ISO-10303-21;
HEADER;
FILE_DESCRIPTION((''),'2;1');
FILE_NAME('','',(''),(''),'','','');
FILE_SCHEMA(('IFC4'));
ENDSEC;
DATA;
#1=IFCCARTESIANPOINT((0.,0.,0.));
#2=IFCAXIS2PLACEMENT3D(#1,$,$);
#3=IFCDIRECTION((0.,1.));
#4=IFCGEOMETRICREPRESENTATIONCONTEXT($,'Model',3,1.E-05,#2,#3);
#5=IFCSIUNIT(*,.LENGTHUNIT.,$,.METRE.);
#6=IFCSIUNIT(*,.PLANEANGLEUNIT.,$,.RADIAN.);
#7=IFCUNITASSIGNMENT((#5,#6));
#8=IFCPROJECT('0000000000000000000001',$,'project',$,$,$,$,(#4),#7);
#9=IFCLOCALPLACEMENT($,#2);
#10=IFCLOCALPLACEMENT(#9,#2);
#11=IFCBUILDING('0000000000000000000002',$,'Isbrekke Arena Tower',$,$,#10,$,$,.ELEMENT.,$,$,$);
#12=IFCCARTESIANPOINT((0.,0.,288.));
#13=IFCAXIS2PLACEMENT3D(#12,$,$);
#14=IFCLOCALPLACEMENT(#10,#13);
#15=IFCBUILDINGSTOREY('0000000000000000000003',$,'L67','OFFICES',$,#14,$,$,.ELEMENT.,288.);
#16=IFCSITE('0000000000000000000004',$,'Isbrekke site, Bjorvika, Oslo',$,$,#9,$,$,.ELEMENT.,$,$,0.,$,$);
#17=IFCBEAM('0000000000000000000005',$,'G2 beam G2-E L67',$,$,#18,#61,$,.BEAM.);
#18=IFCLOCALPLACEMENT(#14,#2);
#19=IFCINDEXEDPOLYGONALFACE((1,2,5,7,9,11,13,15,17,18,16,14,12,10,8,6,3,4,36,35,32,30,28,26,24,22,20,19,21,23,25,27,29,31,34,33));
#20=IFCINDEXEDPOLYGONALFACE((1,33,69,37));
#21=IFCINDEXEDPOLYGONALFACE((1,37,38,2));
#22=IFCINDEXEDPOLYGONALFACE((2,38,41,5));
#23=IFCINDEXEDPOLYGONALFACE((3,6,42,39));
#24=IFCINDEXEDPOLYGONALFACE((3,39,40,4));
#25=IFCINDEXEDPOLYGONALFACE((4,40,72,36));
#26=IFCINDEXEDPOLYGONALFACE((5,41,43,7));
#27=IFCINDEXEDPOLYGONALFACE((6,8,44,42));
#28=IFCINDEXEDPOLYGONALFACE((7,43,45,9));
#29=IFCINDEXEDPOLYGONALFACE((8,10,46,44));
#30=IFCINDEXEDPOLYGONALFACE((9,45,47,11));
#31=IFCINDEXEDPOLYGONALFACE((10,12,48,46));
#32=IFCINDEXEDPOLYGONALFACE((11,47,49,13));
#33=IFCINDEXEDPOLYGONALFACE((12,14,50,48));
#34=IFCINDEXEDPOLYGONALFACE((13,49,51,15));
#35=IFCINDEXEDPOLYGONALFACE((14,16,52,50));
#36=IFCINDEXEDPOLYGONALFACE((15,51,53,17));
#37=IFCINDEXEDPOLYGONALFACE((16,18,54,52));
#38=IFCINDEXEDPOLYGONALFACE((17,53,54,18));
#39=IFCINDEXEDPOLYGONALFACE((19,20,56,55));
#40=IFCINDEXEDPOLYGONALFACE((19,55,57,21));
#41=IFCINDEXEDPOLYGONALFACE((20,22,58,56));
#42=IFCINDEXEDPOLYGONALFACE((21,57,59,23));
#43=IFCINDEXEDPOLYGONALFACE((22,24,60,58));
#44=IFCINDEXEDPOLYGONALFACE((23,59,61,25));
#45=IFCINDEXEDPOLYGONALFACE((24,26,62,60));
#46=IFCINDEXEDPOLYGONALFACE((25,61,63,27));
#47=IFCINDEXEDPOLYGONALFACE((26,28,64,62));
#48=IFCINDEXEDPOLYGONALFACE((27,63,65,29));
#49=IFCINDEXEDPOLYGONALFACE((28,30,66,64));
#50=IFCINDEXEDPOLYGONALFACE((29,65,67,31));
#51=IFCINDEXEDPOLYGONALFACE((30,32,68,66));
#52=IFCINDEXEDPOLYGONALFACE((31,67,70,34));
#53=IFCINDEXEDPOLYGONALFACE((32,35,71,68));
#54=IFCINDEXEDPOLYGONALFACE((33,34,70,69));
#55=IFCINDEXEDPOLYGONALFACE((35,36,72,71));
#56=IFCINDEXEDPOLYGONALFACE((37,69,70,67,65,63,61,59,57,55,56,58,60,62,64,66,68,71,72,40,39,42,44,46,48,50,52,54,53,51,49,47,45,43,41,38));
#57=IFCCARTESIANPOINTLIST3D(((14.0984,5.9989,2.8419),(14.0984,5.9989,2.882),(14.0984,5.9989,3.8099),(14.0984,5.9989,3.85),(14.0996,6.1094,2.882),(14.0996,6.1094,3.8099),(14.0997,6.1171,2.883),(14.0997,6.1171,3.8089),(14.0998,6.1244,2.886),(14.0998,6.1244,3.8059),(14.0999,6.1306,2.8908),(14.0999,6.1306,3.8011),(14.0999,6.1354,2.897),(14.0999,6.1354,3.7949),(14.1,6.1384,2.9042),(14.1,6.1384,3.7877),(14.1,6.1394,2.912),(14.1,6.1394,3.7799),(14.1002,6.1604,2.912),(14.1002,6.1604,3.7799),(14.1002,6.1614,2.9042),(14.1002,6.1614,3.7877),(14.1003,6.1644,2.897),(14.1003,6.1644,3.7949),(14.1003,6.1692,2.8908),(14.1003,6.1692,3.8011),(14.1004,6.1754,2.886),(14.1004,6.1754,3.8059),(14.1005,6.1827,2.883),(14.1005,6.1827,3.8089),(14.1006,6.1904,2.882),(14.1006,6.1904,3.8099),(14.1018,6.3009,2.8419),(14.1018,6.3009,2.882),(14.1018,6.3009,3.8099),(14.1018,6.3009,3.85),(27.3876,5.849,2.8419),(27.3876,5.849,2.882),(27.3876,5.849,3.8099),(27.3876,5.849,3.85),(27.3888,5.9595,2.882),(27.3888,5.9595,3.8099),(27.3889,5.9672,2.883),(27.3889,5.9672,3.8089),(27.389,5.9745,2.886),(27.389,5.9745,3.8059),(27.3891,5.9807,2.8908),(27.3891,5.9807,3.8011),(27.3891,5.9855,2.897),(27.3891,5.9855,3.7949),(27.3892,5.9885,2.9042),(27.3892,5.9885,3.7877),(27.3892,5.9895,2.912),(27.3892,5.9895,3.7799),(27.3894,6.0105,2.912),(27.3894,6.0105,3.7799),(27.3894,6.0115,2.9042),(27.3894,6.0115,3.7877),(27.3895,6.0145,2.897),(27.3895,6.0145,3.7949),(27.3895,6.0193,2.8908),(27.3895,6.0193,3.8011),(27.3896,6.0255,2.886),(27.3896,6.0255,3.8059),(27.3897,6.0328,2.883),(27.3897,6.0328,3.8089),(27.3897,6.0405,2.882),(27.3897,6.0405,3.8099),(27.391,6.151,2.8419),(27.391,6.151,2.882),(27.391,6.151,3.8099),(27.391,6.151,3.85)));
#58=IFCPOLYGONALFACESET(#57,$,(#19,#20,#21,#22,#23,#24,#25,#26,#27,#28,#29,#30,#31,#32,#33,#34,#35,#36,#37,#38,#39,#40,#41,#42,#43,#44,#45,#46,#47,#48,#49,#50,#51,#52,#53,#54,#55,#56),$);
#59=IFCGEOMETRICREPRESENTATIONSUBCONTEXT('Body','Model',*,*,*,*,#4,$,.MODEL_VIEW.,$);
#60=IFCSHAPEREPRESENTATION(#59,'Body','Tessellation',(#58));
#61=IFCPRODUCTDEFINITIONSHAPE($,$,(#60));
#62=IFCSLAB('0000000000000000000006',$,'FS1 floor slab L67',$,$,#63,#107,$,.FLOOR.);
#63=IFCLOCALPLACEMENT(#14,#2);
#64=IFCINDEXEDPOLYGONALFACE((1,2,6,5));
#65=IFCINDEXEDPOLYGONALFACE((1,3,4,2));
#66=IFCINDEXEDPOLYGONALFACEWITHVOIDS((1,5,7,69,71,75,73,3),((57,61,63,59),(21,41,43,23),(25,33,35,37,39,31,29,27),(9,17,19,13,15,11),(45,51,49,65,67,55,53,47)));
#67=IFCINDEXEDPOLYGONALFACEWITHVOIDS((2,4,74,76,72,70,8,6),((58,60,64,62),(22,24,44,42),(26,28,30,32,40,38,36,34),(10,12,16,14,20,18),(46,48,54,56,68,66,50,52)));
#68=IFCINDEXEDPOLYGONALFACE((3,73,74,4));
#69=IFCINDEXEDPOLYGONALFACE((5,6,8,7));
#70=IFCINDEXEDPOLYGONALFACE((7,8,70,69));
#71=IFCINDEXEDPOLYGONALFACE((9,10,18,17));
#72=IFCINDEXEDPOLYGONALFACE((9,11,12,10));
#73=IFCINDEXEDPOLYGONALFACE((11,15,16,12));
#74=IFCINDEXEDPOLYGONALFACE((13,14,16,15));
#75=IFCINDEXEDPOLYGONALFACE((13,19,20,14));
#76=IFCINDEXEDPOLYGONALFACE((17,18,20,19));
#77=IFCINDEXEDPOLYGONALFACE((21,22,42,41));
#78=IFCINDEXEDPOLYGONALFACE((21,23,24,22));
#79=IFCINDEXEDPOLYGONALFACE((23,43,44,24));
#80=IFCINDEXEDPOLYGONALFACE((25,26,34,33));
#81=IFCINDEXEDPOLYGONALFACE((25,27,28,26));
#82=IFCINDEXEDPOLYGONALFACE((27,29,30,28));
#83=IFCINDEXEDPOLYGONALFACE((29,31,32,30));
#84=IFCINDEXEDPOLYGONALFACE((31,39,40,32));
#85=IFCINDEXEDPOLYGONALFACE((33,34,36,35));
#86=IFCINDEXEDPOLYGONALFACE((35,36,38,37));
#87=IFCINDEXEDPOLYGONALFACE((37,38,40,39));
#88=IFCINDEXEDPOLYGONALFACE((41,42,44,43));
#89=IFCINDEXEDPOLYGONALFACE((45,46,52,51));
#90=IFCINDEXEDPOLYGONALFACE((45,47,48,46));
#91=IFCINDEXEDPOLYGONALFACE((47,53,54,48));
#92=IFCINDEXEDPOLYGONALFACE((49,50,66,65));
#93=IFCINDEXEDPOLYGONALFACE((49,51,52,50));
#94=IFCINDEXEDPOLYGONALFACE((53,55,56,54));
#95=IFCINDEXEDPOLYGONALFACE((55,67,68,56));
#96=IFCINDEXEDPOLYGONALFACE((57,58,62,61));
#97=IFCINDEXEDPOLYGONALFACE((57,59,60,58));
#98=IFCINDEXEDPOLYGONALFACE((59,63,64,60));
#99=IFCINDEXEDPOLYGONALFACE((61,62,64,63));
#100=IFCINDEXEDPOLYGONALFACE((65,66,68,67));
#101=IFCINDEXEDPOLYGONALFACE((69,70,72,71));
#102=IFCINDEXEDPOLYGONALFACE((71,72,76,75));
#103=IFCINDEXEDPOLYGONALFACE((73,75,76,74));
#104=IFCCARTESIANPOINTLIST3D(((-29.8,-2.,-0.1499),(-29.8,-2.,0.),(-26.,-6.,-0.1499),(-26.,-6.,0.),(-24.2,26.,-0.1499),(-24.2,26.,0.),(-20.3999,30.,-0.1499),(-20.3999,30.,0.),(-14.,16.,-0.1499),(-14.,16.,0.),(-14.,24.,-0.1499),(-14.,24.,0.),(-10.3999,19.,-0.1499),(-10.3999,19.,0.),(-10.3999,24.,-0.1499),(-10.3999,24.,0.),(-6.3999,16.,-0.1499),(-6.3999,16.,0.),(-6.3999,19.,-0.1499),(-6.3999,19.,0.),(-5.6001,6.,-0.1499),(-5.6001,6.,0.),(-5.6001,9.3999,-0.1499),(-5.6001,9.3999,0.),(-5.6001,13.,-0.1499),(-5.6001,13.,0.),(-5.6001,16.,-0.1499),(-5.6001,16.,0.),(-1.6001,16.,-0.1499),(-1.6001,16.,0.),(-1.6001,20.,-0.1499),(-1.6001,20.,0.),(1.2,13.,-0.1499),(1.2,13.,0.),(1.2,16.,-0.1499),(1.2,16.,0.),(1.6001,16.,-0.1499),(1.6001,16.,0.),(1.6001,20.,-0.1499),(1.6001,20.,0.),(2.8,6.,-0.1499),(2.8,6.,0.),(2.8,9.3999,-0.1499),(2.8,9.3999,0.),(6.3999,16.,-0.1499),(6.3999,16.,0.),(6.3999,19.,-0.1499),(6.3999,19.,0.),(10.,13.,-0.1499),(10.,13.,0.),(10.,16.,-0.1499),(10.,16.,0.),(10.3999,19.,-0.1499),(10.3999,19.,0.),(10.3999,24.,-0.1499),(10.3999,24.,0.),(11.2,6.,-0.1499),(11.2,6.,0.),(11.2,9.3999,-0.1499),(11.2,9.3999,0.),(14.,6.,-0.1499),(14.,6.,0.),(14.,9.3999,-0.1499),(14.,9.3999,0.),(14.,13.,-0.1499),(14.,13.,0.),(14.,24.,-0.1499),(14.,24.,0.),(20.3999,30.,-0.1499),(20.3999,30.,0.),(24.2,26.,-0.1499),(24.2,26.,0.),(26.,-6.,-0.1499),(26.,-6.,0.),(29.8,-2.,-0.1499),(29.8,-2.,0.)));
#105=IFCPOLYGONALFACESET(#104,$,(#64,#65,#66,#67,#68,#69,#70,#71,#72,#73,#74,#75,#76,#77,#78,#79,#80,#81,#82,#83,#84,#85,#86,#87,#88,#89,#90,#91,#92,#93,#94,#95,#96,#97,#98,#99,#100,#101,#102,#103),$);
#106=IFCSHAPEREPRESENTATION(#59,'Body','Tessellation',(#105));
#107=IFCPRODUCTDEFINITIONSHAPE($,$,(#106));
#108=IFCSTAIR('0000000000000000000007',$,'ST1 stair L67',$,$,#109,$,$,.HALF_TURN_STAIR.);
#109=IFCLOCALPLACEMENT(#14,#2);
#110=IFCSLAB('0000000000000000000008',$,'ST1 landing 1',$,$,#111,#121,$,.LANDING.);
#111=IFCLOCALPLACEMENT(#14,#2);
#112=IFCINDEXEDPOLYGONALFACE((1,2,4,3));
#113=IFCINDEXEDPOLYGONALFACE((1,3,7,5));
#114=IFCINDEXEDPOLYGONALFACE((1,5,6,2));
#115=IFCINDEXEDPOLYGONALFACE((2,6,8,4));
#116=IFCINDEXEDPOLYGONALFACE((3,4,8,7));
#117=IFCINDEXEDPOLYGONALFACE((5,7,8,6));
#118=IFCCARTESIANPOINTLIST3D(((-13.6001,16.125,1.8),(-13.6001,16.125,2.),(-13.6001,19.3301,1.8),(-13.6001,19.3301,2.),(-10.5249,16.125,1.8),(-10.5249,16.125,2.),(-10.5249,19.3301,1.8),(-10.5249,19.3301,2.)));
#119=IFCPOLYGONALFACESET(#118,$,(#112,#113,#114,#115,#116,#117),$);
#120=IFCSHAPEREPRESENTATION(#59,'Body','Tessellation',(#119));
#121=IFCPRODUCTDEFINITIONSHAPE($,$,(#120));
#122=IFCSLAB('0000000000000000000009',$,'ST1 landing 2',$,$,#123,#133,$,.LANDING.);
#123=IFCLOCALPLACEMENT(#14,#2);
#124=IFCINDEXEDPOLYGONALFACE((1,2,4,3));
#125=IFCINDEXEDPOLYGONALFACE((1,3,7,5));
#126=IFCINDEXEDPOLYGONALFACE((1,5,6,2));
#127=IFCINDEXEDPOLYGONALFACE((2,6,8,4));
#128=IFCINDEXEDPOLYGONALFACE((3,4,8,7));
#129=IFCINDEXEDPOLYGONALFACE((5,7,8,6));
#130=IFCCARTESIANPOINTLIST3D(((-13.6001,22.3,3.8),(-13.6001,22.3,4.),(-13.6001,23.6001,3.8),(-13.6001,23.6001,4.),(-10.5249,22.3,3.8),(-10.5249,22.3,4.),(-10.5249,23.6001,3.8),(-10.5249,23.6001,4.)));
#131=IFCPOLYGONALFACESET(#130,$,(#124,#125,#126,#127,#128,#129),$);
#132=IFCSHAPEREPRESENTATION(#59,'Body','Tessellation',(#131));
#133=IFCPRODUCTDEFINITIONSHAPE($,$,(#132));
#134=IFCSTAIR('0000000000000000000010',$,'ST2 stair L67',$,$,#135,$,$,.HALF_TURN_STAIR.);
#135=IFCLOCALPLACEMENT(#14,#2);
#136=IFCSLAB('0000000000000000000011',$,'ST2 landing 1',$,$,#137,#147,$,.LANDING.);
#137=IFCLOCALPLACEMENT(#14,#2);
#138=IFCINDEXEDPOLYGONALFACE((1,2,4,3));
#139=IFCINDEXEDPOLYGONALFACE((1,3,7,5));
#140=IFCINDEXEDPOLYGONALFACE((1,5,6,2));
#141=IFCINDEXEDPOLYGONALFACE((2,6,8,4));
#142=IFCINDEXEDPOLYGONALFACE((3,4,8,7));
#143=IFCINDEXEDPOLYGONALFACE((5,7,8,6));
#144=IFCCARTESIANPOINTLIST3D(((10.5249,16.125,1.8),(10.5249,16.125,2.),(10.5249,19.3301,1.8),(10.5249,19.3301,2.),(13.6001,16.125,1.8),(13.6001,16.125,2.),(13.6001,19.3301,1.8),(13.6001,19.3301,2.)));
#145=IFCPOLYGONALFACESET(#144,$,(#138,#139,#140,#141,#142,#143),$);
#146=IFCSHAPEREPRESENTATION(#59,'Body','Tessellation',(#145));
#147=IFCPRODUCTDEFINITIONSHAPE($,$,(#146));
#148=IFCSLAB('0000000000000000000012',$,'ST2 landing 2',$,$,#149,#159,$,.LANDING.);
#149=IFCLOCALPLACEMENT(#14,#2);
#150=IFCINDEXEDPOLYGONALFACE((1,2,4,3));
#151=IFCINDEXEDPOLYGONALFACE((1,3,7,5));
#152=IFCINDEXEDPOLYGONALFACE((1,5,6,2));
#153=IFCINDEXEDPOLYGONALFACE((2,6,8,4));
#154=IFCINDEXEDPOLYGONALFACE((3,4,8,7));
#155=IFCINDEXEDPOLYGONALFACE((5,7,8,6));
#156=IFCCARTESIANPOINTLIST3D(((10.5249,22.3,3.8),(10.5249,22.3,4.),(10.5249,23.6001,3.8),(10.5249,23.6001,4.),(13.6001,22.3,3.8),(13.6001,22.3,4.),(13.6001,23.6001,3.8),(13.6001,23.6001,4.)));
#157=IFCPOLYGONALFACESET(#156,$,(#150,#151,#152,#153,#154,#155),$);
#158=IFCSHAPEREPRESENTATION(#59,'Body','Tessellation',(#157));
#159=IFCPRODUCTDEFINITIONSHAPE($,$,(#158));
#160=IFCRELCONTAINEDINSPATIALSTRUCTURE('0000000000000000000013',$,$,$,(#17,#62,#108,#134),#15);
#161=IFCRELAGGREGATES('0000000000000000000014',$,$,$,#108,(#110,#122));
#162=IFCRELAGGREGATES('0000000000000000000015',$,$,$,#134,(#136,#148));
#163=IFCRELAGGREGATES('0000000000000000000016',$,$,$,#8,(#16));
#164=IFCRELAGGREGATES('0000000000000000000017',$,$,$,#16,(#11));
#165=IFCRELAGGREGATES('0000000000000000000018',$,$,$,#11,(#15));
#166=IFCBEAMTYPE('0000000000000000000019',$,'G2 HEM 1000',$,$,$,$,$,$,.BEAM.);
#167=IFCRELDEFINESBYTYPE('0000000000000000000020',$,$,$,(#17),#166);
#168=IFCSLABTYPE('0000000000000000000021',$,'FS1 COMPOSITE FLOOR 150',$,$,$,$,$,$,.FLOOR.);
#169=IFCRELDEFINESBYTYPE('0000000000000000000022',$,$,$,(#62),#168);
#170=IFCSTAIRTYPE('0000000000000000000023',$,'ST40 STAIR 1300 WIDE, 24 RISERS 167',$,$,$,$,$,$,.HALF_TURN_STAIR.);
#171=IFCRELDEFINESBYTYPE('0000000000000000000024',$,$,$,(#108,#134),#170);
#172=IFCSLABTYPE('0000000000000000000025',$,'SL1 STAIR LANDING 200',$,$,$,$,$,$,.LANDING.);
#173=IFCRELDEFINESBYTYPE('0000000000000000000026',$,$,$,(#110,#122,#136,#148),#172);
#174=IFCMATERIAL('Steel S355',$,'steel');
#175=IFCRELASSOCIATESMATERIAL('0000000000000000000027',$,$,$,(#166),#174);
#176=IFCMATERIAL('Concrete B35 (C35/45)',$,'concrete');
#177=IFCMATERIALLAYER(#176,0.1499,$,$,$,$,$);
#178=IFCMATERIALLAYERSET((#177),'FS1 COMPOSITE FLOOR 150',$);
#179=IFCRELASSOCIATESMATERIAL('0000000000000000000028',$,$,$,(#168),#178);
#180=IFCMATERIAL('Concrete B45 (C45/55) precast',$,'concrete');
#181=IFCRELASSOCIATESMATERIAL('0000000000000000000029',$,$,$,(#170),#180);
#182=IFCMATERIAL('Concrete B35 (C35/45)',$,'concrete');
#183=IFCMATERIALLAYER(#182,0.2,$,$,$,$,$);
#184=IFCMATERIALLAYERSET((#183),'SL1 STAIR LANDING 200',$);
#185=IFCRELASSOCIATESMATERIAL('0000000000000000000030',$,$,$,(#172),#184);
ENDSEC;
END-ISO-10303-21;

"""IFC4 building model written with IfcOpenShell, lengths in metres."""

from ifc_helpers import new_model, si_unit, direction, frame, origin, origin_2d, place, context, subcontext, project, spatial, polyline, i_section, outline, extrude, material, layer, layer_set, material_profile, profile_set, type_object, element, aggregate, save


model = new_model("IFC4")

# Units and contexts
model_context = context("Model", 3, precision=1e-05, world=origin(), true_north=direction((0.0, 1.0)))
body_context = subcontext(model_context, "Body", "Model", "MODEL_VIEW")
ifc_project = project(units=[si_unit("LENGTHUNIT", "METRE"), si_unit("PLANEANGLEUNIT", "RADIAN")], contexts=[model_context])

# Site, building, storey
site_placement = place(None, origin())
site = spatial("IfcSite", under=ifc_project, at=site_placement, Name="Isbrekke site, Bjorvika, Oslo", CompositionType="ELEMENT", RefElevation=0.0)
building_placement = place(site_placement, origin())
building = spatial("IfcBuilding", under=site, at=building_placement, Name="Isbrekke Arena Tower", CompositionType="ELEMENT")
storey_placement = place(building_placement, frame((0.0, 0.0, 288.0)))
storey = spatial("IfcBuildingStorey", under=building, at=storey_placement, Name="L67", Description="OFFICES", CompositionType="ELEMENT", Elevation=288.0)

# Beam
ifc_material_1 = material(Name="Steel S355", Category="steel")
ifc_material_profile = material_profile(ifc_material_1, i_section(OverallWidth=0.302, OverallDepth=1.0081, WebThickness=0.021, FlangeThickness=0.04, FilletRadius=0.03, at=origin_2d()), Name="HEM 1000")
ifc_profile_set = profile_set([ifc_material_profile], Name="Steel S355")
beam_type = type_object("IfcBeamType", Name="G2 HEM 1000", PredefinedType="BEAM", material=ifc_profile_set)
beam_placement = place(storey_placement, frame((14.1001, 6.1499, 3.3459), z_axis=(0.999936, -0.011279, 0.0), x_axis=(0.011279, 0.999936, 0.0)))
element("IfcBeam", 1, at=beam_placement, inside=storey, type_object=beam_type, Name="G2 beam G2-E L67", PredefinedType="BEAM", context=body_context, shape_type="SweptSolid", body=[
    extrude(i_section(OverallWidth=0.302, OverallDepth=1.0081, WebThickness=0.021, FlangeThickness=0.04, FilletRadius=0.03, at=origin_2d()), origin(), (0.0, 0.0, 1.0), 13.29),
])

# Slab
ifc_material_2 = material(Name="Concrete B35 (C35/45)", Category="concrete")
ifc_layer_1 = layer(ifc_material_2, 0.1499)
ifc_layer_set_1 = layer_set([ifc_layer_1], Name="FS1 COMPOSITE FLOOR 150")
slab_type_1 = type_object("IfcSlabType", Name="FS1 COMPOSITE FLOOR 150", PredefinedType="FLOOR", material=ifc_layer_set_1)
slab_1_placement = place(storey_placement, frame((0.0, 0.0, -0.1499)))
element("IfcSlab", 2, at=slab_1_placement, inside=storey, type_object=slab_type_1, Name="FS1 floor slab L67", PredefinedType="FLOOR", context=body_context, shape_type="SweptSolid", body=[
    extrude(outline(polyline([(-26.0, -6.0), (26.0, -6.0), (29.8, -2.0), (24.2, 26.0), (20.3999, 30.0), (-20.3999, 30.0), (-24.2, 26.0), (-29.8, -2.0), (-26.0, -6.0)]), holes=[polyline([(2.8, 9.3999), (2.8, 6.0), (-5.6001, 6.0), (-5.6001, 9.3999), (2.8, 9.3999)]), polyline([(11.2, 6.0), (11.2, 9.3999), (14.0, 9.3999), (14.0, 6.0), (11.2, 6.0)]), polyline([(-5.6001, 13.0), (-5.6001, 16.0), (-1.6001, 16.0), (-1.6001, 20.0), (1.6001, 20.0), (1.6001, 16.0), (1.2, 16.0), (1.2, 13.0), (-5.6001, 13.0)]), polyline([(14.0, 13.0), (10.0, 13.0), (10.0, 16.0), (6.3999, 16.0), (6.3999, 19.0), (10.3999, 19.0), (10.3999, 24.0), (14.0, 24.0), (14.0, 13.0)]), polyline([(-6.3999, 19.0), (-6.3999, 16.0), (-14.0, 16.0), (-14.0, 24.0), (-10.3999, 24.0), (-10.3999, 19.0), (-6.3999, 19.0)])]), origin(), (0.0, 0.0, 1.0), 0.1499),
])

# Stairs, slabs
ifc_material_3 = material(Name="Concrete B45 (C45/55) precast", Category="concrete")
stair_type = type_object("IfcStairType", Name="ST40 STAIR 1300 WIDE, 24 RISERS 167", PredefinedType="HALF_TURN_STAIR", material=ifc_material_3)
stair_1_placement = place(storey_placement, origin())
stair_1 = element("IfcStair", 3, at=stair_1_placement, inside=storey, type_object=stair_type, Name="ST1 stair L67", PredefinedType="HALF_TURN_STAIR")
ifc_material_4 = material(Name="Concrete B35 (C35/45)", Category="concrete")
ifc_layer_2 = layer(ifc_material_4, 0.2)
ifc_layer_set_2 = layer_set([ifc_layer_2], Name="SL1 STAIR LANDING 200")
slab_type_2 = type_object("IfcSlabType", Name="SL1 STAIR LANDING 200", PredefinedType="LANDING", material=ifc_layer_set_2)
slab_2_placement = place(storey_placement, frame((0.0, 0.0, 1.8)))
slab_2 = element("IfcSlab", 4, at=slab_2_placement, type_object=slab_type_2, Name="ST1 landing 1", PredefinedType="LANDING", context=body_context, shape_type="SweptSolid", body=[
    extrude(outline(polyline([(-13.6001, 16.125), (-10.5249, 16.125), (-10.5249, 19.3301), (-13.6001, 19.3301), (-13.6001, 16.125)])), origin(), (0.0, 0.0, 1.0), 0.2),
])
slab_3_placement = place(storey_placement, frame((0.0, 0.0, 3.8)))
slab_3 = element("IfcSlab", 5, at=slab_3_placement, type_object=slab_type_2, Name="ST1 landing 2", PredefinedType="LANDING", context=body_context, shape_type="SweptSolid", body=[
    extrude(outline(polyline([(-13.6001, 22.3), (-10.5249, 22.3), (-10.5249, 23.6001), (-13.6001, 23.6001), (-13.6001, 22.3)])), origin(), (0.0, 0.0, 1.0), 0.2),
])
aggregate(stair_1, [slab_2, slab_3])
stair_2_placement = place(storey_placement, origin())
stair_2 = element("IfcStair", 6, at=stair_2_placement, inside=storey, type_object=stair_type, Name="ST2 stair L67", PredefinedType="HALF_TURN_STAIR")
slab_4_placement = place(storey_placement, frame((0.0, 0.0, 1.8)))
slab_4 = element("IfcSlab", 7, at=slab_4_placement, type_object=slab_type_2, Name="ST2 landing 1", PredefinedType="LANDING", context=body_context, shape_type="SweptSolid", body=[
    extrude(outline(polyline([(10.5249, 16.125), (13.6001, 16.125), (13.6001, 19.3301), (10.5249, 19.3301), (10.5249, 16.125)])), origin(), (0.0, 0.0, 1.0), 0.2),
])
slab_5_placement = place(storey_placement, frame((0.0, 0.0, 3.8)))
slab_5 = element("IfcSlab", 8, at=slab_5_placement, type_object=slab_type_2, Name="ST2 landing 2", PredefinedType="LANDING", context=body_context, shape_type="SweptSolid", body=[
    extrude(outline(polyline([(10.5249, 22.3), (13.6001, 22.3), (13.6001, 23.6001), (10.5249, 23.6001), (10.5249, 22.3)])), origin(), (0.0, 0.0, 1.0), 0.2),
])
aggregate(stair_2, [slab_4, slab_5])

save(model, "model.ifc")
